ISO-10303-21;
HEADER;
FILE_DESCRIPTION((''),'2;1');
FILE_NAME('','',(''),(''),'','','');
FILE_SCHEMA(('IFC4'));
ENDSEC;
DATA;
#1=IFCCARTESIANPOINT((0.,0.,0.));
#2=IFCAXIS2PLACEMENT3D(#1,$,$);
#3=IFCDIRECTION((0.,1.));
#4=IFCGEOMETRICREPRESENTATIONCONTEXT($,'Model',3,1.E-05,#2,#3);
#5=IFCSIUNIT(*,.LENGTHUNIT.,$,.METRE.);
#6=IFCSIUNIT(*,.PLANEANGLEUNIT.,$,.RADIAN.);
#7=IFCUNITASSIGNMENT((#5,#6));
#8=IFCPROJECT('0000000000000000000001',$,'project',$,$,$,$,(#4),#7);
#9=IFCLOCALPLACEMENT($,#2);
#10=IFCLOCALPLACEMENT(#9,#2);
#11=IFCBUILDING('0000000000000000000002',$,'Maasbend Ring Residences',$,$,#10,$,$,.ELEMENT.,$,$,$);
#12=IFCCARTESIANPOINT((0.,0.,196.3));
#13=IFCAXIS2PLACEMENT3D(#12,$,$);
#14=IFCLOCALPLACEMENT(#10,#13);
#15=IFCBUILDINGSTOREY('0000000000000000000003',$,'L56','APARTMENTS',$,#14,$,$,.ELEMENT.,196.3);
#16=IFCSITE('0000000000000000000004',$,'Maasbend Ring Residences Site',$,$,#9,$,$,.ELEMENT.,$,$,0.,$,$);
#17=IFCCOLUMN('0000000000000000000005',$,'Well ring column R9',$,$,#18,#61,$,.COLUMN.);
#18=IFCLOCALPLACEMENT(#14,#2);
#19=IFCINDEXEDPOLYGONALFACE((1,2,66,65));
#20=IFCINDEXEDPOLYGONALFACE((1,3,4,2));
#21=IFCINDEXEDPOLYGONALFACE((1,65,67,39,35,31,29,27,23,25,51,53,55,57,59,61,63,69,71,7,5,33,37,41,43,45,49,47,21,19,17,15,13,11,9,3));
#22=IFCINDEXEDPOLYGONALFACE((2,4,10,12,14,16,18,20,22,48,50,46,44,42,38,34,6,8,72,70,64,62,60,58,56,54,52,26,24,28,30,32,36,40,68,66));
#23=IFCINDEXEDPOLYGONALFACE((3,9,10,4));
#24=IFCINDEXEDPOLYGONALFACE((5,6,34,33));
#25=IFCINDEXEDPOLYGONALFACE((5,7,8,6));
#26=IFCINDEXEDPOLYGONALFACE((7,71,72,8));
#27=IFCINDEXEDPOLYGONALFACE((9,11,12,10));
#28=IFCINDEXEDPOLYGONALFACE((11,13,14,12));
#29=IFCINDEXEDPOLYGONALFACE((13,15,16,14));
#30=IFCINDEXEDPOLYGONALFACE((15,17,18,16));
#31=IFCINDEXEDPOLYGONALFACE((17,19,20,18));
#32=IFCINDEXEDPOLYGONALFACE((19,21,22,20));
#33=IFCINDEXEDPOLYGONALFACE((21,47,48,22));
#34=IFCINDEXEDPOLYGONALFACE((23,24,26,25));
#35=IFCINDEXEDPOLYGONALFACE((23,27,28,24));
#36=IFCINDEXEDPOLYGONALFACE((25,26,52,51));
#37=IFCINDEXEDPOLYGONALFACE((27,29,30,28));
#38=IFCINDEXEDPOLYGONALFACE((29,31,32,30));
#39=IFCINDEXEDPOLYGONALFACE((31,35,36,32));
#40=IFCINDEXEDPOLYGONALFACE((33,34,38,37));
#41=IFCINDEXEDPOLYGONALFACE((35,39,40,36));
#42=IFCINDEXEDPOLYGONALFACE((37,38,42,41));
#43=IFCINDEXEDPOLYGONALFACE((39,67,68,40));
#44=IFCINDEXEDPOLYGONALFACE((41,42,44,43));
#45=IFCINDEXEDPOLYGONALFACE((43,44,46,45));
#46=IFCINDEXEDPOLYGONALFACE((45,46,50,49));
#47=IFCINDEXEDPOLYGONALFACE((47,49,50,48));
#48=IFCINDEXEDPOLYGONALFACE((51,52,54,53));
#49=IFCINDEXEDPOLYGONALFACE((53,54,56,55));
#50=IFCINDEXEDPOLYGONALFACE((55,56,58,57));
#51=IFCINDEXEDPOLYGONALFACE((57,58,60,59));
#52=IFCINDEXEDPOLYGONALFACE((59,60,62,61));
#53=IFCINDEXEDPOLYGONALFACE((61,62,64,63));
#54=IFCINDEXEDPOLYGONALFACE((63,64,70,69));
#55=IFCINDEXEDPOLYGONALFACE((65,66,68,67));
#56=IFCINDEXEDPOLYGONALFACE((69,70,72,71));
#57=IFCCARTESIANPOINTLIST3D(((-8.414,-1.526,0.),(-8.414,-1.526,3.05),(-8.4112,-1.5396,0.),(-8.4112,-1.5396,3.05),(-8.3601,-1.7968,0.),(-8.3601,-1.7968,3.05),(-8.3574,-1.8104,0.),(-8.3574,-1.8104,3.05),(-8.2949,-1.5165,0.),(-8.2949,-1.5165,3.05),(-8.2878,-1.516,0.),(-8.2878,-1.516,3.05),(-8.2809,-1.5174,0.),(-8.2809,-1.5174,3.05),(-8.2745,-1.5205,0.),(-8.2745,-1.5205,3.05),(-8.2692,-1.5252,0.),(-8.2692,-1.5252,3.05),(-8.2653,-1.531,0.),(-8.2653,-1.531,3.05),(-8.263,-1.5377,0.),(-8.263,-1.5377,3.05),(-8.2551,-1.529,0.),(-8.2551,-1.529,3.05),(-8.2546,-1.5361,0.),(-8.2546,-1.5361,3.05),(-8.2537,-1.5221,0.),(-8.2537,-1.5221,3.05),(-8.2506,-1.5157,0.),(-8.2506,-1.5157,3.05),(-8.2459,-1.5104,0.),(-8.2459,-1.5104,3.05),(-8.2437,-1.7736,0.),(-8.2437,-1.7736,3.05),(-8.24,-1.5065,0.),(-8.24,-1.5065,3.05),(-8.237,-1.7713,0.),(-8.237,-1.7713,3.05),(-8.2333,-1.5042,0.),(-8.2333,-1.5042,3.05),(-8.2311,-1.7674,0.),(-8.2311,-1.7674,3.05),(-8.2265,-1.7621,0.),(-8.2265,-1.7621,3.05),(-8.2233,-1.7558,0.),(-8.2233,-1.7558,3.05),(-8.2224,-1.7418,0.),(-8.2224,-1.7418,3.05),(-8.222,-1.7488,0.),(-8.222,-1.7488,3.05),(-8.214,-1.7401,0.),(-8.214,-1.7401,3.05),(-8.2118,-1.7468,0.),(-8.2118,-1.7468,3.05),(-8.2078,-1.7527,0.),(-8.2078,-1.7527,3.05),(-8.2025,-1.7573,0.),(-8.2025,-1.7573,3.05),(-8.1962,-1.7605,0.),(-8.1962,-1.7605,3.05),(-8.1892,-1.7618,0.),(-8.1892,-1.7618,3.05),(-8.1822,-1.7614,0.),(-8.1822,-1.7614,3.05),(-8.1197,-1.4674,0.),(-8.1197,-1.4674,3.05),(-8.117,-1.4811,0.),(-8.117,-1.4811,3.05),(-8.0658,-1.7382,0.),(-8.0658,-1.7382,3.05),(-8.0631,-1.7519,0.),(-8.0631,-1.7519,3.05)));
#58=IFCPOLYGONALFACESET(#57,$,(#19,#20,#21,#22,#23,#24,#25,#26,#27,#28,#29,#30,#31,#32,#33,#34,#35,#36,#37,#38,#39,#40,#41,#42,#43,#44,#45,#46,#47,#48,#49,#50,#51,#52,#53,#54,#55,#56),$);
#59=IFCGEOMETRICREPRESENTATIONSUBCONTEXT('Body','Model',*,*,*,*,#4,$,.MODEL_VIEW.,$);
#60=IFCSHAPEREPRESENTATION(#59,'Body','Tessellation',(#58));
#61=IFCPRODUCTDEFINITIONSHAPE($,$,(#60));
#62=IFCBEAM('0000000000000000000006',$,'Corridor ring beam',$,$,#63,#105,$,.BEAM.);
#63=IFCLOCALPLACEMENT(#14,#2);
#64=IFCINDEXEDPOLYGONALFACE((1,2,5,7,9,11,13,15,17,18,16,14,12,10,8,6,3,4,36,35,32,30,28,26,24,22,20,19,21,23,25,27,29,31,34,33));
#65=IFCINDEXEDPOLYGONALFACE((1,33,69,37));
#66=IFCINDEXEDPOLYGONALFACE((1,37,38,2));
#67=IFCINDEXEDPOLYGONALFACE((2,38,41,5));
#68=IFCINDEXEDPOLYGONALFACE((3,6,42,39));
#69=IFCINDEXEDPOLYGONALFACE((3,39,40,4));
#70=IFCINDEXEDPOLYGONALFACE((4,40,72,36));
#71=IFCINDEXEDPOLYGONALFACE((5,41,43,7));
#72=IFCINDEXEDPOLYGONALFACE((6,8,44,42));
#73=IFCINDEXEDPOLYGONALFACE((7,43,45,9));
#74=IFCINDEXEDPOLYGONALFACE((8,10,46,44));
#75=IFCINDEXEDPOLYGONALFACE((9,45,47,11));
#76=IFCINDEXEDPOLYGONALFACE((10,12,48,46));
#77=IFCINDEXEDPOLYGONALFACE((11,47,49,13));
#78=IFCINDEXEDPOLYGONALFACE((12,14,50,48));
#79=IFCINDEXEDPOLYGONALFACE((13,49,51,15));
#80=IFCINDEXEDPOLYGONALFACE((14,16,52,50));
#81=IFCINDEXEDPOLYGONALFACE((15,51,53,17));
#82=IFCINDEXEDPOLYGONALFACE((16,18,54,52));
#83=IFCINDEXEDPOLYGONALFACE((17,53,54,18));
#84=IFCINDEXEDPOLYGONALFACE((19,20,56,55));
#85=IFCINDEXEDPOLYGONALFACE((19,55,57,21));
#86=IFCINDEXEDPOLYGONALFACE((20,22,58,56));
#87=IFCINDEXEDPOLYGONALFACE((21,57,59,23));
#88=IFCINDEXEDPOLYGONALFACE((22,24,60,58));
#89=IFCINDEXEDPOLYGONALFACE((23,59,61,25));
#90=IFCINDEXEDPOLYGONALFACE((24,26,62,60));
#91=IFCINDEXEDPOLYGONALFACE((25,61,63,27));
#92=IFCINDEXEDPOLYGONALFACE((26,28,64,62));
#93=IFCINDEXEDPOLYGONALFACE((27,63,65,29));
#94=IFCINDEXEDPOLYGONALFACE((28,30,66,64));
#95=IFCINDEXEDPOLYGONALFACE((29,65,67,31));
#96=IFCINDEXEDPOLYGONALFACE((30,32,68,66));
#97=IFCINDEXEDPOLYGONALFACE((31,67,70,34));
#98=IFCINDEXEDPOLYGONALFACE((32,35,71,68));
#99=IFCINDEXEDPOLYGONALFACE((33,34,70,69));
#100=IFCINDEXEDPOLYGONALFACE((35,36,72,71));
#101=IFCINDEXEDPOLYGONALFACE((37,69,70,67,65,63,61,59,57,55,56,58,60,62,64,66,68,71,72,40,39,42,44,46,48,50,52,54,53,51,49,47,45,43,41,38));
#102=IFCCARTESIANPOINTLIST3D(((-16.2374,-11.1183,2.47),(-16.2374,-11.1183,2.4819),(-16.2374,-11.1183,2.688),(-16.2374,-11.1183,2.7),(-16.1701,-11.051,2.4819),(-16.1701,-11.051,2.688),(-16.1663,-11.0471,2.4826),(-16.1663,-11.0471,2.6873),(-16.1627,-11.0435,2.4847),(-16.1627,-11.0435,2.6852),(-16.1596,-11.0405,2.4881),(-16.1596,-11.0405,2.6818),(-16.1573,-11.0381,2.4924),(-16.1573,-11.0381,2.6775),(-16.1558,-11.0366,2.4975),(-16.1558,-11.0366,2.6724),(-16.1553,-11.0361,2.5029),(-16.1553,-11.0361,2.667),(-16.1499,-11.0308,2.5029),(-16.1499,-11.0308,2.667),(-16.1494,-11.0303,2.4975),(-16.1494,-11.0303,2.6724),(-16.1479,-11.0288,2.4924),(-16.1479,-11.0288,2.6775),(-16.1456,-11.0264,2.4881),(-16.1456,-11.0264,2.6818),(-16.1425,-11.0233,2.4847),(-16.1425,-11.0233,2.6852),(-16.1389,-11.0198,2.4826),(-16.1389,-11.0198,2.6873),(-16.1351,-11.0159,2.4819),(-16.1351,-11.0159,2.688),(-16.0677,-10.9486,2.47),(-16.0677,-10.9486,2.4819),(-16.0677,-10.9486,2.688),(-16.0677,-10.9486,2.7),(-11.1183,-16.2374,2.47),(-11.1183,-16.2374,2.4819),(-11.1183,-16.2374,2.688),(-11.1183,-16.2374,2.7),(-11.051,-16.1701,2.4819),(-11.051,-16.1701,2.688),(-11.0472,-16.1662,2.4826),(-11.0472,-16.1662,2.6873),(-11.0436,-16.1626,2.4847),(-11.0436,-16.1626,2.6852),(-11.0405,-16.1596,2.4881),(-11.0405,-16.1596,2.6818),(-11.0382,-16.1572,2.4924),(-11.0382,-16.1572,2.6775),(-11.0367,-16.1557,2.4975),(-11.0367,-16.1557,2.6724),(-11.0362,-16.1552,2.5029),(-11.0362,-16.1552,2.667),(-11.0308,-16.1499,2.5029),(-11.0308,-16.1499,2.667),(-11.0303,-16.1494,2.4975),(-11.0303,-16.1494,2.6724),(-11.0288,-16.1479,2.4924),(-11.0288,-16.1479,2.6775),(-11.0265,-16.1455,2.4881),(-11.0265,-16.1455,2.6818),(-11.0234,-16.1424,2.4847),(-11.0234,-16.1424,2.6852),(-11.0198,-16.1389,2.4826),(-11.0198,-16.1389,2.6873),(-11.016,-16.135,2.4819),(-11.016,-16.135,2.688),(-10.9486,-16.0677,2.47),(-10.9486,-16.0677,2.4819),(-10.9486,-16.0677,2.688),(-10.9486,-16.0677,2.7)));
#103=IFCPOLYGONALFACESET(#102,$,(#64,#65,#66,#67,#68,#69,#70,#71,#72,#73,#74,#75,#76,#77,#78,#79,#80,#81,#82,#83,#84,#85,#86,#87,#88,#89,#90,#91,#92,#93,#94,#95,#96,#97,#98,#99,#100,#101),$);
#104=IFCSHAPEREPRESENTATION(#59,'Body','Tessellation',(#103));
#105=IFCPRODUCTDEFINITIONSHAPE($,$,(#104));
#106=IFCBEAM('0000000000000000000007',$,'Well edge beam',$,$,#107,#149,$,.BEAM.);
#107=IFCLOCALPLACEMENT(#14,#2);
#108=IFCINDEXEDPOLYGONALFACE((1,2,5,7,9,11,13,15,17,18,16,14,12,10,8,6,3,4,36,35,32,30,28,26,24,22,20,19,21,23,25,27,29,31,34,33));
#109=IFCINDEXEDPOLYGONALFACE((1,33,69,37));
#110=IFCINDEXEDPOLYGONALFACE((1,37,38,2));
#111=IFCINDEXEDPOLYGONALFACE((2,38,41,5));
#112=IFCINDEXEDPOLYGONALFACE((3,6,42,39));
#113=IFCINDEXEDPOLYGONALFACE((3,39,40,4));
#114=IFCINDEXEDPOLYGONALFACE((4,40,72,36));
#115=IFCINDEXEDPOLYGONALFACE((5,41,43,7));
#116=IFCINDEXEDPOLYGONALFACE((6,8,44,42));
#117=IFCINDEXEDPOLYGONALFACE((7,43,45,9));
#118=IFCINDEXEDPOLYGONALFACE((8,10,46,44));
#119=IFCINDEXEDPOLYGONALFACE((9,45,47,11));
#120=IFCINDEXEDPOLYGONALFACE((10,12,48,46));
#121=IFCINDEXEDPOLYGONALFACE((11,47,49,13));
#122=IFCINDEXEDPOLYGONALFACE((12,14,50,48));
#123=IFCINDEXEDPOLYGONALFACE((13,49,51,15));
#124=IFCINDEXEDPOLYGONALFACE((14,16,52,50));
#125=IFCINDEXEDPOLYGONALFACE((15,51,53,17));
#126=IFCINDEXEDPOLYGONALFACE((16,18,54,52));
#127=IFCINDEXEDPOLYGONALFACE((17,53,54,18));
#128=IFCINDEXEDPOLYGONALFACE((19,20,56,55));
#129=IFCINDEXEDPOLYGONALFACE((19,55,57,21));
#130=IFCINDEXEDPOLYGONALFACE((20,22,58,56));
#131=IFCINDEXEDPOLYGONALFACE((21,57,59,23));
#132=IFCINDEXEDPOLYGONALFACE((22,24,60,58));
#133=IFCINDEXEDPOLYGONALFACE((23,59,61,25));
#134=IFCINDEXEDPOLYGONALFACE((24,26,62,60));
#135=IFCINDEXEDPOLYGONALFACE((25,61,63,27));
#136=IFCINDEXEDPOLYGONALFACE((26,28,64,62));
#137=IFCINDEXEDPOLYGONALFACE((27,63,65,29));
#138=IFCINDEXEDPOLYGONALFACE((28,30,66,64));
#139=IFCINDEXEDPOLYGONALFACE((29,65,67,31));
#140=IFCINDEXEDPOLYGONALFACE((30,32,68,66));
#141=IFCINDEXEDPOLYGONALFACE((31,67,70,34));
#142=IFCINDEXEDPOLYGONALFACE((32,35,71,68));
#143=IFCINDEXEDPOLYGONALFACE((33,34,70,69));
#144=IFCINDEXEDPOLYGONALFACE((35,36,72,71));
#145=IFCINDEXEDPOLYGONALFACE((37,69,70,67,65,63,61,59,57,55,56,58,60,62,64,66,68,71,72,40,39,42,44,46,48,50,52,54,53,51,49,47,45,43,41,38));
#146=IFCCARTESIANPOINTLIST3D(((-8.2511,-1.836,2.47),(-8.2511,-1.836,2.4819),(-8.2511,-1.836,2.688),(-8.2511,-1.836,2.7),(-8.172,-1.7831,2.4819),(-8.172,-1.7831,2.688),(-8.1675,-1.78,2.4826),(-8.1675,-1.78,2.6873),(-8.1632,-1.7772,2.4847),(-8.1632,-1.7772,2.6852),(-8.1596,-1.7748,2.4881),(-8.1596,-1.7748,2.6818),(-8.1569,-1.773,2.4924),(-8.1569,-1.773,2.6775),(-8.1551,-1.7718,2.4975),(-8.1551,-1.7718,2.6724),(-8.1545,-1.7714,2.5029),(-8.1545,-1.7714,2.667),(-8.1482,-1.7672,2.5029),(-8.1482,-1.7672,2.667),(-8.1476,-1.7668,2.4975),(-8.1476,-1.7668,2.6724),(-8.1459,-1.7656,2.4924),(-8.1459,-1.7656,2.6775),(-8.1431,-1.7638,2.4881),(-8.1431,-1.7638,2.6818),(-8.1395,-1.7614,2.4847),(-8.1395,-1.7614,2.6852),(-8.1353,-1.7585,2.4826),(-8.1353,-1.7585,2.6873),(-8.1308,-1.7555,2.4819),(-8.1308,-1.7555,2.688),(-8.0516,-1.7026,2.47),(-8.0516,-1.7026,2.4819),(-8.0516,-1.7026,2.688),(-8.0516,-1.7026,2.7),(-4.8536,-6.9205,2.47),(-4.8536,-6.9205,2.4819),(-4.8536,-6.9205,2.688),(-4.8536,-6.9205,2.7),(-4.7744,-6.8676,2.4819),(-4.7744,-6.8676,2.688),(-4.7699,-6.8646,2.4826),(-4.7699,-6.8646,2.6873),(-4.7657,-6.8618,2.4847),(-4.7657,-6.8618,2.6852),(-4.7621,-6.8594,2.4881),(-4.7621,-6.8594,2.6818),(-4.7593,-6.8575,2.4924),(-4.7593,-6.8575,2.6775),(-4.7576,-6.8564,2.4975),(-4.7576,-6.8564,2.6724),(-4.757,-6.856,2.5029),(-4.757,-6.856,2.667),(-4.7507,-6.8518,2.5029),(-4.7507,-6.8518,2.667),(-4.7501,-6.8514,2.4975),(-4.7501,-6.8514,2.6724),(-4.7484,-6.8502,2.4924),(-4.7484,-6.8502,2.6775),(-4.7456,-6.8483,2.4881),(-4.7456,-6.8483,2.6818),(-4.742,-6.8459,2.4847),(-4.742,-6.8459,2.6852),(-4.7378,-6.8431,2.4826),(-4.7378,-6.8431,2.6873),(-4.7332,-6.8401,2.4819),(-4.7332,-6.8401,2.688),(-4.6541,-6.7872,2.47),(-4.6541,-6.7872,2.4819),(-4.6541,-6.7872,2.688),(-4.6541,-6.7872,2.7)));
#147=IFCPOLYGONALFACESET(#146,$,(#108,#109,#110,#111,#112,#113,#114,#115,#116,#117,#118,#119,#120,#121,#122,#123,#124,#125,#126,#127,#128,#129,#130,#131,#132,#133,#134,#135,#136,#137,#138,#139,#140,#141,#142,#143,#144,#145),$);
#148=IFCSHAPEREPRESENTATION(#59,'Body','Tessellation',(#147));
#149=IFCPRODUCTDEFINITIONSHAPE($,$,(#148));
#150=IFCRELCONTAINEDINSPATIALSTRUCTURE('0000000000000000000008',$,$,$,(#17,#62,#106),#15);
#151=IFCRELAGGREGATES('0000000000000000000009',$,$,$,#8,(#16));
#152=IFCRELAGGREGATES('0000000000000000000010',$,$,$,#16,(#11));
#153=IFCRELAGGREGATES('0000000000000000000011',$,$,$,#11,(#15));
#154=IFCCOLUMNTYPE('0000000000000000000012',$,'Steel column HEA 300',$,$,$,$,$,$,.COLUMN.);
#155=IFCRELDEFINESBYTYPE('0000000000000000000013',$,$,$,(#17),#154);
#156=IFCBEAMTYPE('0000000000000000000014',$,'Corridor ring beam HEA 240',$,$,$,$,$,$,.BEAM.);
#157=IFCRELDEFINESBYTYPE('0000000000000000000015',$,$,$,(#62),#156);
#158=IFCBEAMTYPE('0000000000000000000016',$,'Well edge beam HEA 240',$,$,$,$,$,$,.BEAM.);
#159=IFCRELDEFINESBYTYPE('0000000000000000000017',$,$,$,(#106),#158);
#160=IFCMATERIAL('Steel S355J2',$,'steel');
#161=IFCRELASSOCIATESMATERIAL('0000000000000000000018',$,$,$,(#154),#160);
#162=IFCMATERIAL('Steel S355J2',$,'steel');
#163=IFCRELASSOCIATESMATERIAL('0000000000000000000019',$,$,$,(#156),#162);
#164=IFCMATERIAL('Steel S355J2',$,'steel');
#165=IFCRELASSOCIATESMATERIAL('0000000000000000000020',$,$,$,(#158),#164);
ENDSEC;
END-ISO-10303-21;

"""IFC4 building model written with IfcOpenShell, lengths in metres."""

from ifc_helpers import new_model, si_unit, direction, frame, origin, origin_2d, place, context, subcontext, project, spatial, i_section, extrude, material, material_profile, profile_set, type_object, element, save


model = new_model("IFC4")

# Units and contexts
model_context = context("Model", 3, precision=1e-05, world=origin(), true_north=direction((0.0, 1.0)))
body_context = subcontext(model_context, "Body", "Model", "MODEL_VIEW")
ifc_project = project(units=[si_unit("LENGTHUNIT", "METRE"), si_unit("PLANEANGLEUNIT", "RADIAN")], contexts=[model_context])

# Site, building, storey
site_placement = place(None, origin())
site = spatial("IfcSite", under=ifc_project, at=site_placement, Name="Maasbend Ring Residences Site", CompositionType="ELEMENT", RefElevation=0.0)
building_placement = place(site_placement, origin())
building = spatial("IfcBuilding", under=site, at=building_placement, Name="Maasbend Ring Residences", CompositionType="ELEMENT")
storey_placement = place(building_placement, frame((0.0, 0.0, 196.3)))
storey = spatial("IfcBuildingStorey", under=building, at=storey_placement, Name="L56", Description="APARTMENTS", CompositionType="ELEMENT", Elevation=196.3)

# Column
ifc_material_1 = material(Name="Steel S355J2", Category="steel")
ifc_material_profile_1 = material_profile(ifc_material_1, i_section(OverallWidth=0.3, OverallDepth=0.29, WebThickness=0.0085, FlangeThickness=0.0139, FilletRadius=0.0271, at=origin_2d()), Name="HEA 300")
ifc_profile_set_1 = profile_set([ifc_material_profile_1], Name="Steel S355J2")
column_type = type_object("IfcColumnType", Name="Steel column HEA 300", PredefinedType="COLUMN", material=ifc_profile_set_1)
column_placement = place(storey_placement, frame((-8.2385, -1.6389, 0.0), z_axis=(0.0, 0.0, 1.0), x_axis=(-0.980785, -0.19509, 0.0)))
element("IfcColumn", 1, at=column_placement, inside=storey, type_object=column_type, Name="Well ring column R9", PredefinedType="COLUMN", context=body_context, shape_type="SweptSolid", body=[
    extrude(i_section(OverallWidth=0.3, OverallDepth=0.29, WebThickness=0.0085, FlangeThickness=0.0139, FilletRadius=0.0271, at=origin_2d()), origin(), (0.0, 0.0, 1.0), 3.05),
])

# Beams
ifc_material_2 = material(Name="Steel S355J2", Category="steel")
ifc_material_profile_2 = material_profile(ifc_material_2, i_section(OverallWidth=0.24, OverallDepth=0.23, WebThickness=0.0076, FlangeThickness=0.012, FilletRadius=0.021, at=origin_2d()), Name="HEA 240")
ifc_profile_set_2 = profile_set([ifc_material_profile_2], Name="Steel S355J2")
beam_type_1 = type_object("IfcBeamType", Name="Corridor ring beam HEA 240", PredefinedType="BEAM", material=ifc_profile_set_2)
beam_1_placement = place(storey_placement, frame((-16.1526, -11.0334, 2.585), z_axis=(0.707107, -0.707107, 0.0), x_axis=(0.707107, 0.707107, 0.0)))
element("IfcBeam", 2, at=beam_1_placement, inside=storey, type_object=beam_type_1, Name="Corridor ring beam", PredefinedType="BEAM", context=body_context, shape_type="SweptSolid", body=[
    extrude(i_section(OverallWidth=0.24, OverallDepth=0.23, WebThickness=0.0076, FlangeThickness=0.012, FilletRadius=0.021, at=origin_2d()), origin(), (0.0, 0.0, 1.0), 7.2395),
])
ifc_material_3 = material(Name="Steel S355J2", Category="steel")
ifc_material_profile_3 = material_profile(ifc_material_3, i_section(OverallWidth=0.24, OverallDepth=0.23, WebThickness=0.0076, FlangeThickness=0.012, FilletRadius=0.021, at=origin_2d()), Name="HEA 240")
ifc_profile_set_3 = profile_set([ifc_material_profile_3], Name="Steel S355J2")
beam_type_2 = type_object("IfcBeamType", Name="Well edge beam HEA 240", PredefinedType="BEAM", material=ifc_profile_set_3)
beam_2_placement = place(storey_placement, frame((-8.1514, -1.7693, 2.585), z_axis=(0.555584, -0.83146, 0.0), x_axis=(0.83146, 0.555584, 0.0)))
element("IfcBeam", 3, at=beam_2_placement, inside=storey, type_object=beam_type_2, Name="Well edge beam", PredefinedType="BEAM", context=body_context, shape_type="SweptSolid", body=[
    extrude(i_section(OverallWidth=0.24, OverallDepth=0.23, WebThickness=0.0076, FlangeThickness=0.012, FilletRadius=0.021, at=origin_2d()), origin(), (0.0, 0.0, 1.0), 6.1152),
])

save(model, "model.ifc")
